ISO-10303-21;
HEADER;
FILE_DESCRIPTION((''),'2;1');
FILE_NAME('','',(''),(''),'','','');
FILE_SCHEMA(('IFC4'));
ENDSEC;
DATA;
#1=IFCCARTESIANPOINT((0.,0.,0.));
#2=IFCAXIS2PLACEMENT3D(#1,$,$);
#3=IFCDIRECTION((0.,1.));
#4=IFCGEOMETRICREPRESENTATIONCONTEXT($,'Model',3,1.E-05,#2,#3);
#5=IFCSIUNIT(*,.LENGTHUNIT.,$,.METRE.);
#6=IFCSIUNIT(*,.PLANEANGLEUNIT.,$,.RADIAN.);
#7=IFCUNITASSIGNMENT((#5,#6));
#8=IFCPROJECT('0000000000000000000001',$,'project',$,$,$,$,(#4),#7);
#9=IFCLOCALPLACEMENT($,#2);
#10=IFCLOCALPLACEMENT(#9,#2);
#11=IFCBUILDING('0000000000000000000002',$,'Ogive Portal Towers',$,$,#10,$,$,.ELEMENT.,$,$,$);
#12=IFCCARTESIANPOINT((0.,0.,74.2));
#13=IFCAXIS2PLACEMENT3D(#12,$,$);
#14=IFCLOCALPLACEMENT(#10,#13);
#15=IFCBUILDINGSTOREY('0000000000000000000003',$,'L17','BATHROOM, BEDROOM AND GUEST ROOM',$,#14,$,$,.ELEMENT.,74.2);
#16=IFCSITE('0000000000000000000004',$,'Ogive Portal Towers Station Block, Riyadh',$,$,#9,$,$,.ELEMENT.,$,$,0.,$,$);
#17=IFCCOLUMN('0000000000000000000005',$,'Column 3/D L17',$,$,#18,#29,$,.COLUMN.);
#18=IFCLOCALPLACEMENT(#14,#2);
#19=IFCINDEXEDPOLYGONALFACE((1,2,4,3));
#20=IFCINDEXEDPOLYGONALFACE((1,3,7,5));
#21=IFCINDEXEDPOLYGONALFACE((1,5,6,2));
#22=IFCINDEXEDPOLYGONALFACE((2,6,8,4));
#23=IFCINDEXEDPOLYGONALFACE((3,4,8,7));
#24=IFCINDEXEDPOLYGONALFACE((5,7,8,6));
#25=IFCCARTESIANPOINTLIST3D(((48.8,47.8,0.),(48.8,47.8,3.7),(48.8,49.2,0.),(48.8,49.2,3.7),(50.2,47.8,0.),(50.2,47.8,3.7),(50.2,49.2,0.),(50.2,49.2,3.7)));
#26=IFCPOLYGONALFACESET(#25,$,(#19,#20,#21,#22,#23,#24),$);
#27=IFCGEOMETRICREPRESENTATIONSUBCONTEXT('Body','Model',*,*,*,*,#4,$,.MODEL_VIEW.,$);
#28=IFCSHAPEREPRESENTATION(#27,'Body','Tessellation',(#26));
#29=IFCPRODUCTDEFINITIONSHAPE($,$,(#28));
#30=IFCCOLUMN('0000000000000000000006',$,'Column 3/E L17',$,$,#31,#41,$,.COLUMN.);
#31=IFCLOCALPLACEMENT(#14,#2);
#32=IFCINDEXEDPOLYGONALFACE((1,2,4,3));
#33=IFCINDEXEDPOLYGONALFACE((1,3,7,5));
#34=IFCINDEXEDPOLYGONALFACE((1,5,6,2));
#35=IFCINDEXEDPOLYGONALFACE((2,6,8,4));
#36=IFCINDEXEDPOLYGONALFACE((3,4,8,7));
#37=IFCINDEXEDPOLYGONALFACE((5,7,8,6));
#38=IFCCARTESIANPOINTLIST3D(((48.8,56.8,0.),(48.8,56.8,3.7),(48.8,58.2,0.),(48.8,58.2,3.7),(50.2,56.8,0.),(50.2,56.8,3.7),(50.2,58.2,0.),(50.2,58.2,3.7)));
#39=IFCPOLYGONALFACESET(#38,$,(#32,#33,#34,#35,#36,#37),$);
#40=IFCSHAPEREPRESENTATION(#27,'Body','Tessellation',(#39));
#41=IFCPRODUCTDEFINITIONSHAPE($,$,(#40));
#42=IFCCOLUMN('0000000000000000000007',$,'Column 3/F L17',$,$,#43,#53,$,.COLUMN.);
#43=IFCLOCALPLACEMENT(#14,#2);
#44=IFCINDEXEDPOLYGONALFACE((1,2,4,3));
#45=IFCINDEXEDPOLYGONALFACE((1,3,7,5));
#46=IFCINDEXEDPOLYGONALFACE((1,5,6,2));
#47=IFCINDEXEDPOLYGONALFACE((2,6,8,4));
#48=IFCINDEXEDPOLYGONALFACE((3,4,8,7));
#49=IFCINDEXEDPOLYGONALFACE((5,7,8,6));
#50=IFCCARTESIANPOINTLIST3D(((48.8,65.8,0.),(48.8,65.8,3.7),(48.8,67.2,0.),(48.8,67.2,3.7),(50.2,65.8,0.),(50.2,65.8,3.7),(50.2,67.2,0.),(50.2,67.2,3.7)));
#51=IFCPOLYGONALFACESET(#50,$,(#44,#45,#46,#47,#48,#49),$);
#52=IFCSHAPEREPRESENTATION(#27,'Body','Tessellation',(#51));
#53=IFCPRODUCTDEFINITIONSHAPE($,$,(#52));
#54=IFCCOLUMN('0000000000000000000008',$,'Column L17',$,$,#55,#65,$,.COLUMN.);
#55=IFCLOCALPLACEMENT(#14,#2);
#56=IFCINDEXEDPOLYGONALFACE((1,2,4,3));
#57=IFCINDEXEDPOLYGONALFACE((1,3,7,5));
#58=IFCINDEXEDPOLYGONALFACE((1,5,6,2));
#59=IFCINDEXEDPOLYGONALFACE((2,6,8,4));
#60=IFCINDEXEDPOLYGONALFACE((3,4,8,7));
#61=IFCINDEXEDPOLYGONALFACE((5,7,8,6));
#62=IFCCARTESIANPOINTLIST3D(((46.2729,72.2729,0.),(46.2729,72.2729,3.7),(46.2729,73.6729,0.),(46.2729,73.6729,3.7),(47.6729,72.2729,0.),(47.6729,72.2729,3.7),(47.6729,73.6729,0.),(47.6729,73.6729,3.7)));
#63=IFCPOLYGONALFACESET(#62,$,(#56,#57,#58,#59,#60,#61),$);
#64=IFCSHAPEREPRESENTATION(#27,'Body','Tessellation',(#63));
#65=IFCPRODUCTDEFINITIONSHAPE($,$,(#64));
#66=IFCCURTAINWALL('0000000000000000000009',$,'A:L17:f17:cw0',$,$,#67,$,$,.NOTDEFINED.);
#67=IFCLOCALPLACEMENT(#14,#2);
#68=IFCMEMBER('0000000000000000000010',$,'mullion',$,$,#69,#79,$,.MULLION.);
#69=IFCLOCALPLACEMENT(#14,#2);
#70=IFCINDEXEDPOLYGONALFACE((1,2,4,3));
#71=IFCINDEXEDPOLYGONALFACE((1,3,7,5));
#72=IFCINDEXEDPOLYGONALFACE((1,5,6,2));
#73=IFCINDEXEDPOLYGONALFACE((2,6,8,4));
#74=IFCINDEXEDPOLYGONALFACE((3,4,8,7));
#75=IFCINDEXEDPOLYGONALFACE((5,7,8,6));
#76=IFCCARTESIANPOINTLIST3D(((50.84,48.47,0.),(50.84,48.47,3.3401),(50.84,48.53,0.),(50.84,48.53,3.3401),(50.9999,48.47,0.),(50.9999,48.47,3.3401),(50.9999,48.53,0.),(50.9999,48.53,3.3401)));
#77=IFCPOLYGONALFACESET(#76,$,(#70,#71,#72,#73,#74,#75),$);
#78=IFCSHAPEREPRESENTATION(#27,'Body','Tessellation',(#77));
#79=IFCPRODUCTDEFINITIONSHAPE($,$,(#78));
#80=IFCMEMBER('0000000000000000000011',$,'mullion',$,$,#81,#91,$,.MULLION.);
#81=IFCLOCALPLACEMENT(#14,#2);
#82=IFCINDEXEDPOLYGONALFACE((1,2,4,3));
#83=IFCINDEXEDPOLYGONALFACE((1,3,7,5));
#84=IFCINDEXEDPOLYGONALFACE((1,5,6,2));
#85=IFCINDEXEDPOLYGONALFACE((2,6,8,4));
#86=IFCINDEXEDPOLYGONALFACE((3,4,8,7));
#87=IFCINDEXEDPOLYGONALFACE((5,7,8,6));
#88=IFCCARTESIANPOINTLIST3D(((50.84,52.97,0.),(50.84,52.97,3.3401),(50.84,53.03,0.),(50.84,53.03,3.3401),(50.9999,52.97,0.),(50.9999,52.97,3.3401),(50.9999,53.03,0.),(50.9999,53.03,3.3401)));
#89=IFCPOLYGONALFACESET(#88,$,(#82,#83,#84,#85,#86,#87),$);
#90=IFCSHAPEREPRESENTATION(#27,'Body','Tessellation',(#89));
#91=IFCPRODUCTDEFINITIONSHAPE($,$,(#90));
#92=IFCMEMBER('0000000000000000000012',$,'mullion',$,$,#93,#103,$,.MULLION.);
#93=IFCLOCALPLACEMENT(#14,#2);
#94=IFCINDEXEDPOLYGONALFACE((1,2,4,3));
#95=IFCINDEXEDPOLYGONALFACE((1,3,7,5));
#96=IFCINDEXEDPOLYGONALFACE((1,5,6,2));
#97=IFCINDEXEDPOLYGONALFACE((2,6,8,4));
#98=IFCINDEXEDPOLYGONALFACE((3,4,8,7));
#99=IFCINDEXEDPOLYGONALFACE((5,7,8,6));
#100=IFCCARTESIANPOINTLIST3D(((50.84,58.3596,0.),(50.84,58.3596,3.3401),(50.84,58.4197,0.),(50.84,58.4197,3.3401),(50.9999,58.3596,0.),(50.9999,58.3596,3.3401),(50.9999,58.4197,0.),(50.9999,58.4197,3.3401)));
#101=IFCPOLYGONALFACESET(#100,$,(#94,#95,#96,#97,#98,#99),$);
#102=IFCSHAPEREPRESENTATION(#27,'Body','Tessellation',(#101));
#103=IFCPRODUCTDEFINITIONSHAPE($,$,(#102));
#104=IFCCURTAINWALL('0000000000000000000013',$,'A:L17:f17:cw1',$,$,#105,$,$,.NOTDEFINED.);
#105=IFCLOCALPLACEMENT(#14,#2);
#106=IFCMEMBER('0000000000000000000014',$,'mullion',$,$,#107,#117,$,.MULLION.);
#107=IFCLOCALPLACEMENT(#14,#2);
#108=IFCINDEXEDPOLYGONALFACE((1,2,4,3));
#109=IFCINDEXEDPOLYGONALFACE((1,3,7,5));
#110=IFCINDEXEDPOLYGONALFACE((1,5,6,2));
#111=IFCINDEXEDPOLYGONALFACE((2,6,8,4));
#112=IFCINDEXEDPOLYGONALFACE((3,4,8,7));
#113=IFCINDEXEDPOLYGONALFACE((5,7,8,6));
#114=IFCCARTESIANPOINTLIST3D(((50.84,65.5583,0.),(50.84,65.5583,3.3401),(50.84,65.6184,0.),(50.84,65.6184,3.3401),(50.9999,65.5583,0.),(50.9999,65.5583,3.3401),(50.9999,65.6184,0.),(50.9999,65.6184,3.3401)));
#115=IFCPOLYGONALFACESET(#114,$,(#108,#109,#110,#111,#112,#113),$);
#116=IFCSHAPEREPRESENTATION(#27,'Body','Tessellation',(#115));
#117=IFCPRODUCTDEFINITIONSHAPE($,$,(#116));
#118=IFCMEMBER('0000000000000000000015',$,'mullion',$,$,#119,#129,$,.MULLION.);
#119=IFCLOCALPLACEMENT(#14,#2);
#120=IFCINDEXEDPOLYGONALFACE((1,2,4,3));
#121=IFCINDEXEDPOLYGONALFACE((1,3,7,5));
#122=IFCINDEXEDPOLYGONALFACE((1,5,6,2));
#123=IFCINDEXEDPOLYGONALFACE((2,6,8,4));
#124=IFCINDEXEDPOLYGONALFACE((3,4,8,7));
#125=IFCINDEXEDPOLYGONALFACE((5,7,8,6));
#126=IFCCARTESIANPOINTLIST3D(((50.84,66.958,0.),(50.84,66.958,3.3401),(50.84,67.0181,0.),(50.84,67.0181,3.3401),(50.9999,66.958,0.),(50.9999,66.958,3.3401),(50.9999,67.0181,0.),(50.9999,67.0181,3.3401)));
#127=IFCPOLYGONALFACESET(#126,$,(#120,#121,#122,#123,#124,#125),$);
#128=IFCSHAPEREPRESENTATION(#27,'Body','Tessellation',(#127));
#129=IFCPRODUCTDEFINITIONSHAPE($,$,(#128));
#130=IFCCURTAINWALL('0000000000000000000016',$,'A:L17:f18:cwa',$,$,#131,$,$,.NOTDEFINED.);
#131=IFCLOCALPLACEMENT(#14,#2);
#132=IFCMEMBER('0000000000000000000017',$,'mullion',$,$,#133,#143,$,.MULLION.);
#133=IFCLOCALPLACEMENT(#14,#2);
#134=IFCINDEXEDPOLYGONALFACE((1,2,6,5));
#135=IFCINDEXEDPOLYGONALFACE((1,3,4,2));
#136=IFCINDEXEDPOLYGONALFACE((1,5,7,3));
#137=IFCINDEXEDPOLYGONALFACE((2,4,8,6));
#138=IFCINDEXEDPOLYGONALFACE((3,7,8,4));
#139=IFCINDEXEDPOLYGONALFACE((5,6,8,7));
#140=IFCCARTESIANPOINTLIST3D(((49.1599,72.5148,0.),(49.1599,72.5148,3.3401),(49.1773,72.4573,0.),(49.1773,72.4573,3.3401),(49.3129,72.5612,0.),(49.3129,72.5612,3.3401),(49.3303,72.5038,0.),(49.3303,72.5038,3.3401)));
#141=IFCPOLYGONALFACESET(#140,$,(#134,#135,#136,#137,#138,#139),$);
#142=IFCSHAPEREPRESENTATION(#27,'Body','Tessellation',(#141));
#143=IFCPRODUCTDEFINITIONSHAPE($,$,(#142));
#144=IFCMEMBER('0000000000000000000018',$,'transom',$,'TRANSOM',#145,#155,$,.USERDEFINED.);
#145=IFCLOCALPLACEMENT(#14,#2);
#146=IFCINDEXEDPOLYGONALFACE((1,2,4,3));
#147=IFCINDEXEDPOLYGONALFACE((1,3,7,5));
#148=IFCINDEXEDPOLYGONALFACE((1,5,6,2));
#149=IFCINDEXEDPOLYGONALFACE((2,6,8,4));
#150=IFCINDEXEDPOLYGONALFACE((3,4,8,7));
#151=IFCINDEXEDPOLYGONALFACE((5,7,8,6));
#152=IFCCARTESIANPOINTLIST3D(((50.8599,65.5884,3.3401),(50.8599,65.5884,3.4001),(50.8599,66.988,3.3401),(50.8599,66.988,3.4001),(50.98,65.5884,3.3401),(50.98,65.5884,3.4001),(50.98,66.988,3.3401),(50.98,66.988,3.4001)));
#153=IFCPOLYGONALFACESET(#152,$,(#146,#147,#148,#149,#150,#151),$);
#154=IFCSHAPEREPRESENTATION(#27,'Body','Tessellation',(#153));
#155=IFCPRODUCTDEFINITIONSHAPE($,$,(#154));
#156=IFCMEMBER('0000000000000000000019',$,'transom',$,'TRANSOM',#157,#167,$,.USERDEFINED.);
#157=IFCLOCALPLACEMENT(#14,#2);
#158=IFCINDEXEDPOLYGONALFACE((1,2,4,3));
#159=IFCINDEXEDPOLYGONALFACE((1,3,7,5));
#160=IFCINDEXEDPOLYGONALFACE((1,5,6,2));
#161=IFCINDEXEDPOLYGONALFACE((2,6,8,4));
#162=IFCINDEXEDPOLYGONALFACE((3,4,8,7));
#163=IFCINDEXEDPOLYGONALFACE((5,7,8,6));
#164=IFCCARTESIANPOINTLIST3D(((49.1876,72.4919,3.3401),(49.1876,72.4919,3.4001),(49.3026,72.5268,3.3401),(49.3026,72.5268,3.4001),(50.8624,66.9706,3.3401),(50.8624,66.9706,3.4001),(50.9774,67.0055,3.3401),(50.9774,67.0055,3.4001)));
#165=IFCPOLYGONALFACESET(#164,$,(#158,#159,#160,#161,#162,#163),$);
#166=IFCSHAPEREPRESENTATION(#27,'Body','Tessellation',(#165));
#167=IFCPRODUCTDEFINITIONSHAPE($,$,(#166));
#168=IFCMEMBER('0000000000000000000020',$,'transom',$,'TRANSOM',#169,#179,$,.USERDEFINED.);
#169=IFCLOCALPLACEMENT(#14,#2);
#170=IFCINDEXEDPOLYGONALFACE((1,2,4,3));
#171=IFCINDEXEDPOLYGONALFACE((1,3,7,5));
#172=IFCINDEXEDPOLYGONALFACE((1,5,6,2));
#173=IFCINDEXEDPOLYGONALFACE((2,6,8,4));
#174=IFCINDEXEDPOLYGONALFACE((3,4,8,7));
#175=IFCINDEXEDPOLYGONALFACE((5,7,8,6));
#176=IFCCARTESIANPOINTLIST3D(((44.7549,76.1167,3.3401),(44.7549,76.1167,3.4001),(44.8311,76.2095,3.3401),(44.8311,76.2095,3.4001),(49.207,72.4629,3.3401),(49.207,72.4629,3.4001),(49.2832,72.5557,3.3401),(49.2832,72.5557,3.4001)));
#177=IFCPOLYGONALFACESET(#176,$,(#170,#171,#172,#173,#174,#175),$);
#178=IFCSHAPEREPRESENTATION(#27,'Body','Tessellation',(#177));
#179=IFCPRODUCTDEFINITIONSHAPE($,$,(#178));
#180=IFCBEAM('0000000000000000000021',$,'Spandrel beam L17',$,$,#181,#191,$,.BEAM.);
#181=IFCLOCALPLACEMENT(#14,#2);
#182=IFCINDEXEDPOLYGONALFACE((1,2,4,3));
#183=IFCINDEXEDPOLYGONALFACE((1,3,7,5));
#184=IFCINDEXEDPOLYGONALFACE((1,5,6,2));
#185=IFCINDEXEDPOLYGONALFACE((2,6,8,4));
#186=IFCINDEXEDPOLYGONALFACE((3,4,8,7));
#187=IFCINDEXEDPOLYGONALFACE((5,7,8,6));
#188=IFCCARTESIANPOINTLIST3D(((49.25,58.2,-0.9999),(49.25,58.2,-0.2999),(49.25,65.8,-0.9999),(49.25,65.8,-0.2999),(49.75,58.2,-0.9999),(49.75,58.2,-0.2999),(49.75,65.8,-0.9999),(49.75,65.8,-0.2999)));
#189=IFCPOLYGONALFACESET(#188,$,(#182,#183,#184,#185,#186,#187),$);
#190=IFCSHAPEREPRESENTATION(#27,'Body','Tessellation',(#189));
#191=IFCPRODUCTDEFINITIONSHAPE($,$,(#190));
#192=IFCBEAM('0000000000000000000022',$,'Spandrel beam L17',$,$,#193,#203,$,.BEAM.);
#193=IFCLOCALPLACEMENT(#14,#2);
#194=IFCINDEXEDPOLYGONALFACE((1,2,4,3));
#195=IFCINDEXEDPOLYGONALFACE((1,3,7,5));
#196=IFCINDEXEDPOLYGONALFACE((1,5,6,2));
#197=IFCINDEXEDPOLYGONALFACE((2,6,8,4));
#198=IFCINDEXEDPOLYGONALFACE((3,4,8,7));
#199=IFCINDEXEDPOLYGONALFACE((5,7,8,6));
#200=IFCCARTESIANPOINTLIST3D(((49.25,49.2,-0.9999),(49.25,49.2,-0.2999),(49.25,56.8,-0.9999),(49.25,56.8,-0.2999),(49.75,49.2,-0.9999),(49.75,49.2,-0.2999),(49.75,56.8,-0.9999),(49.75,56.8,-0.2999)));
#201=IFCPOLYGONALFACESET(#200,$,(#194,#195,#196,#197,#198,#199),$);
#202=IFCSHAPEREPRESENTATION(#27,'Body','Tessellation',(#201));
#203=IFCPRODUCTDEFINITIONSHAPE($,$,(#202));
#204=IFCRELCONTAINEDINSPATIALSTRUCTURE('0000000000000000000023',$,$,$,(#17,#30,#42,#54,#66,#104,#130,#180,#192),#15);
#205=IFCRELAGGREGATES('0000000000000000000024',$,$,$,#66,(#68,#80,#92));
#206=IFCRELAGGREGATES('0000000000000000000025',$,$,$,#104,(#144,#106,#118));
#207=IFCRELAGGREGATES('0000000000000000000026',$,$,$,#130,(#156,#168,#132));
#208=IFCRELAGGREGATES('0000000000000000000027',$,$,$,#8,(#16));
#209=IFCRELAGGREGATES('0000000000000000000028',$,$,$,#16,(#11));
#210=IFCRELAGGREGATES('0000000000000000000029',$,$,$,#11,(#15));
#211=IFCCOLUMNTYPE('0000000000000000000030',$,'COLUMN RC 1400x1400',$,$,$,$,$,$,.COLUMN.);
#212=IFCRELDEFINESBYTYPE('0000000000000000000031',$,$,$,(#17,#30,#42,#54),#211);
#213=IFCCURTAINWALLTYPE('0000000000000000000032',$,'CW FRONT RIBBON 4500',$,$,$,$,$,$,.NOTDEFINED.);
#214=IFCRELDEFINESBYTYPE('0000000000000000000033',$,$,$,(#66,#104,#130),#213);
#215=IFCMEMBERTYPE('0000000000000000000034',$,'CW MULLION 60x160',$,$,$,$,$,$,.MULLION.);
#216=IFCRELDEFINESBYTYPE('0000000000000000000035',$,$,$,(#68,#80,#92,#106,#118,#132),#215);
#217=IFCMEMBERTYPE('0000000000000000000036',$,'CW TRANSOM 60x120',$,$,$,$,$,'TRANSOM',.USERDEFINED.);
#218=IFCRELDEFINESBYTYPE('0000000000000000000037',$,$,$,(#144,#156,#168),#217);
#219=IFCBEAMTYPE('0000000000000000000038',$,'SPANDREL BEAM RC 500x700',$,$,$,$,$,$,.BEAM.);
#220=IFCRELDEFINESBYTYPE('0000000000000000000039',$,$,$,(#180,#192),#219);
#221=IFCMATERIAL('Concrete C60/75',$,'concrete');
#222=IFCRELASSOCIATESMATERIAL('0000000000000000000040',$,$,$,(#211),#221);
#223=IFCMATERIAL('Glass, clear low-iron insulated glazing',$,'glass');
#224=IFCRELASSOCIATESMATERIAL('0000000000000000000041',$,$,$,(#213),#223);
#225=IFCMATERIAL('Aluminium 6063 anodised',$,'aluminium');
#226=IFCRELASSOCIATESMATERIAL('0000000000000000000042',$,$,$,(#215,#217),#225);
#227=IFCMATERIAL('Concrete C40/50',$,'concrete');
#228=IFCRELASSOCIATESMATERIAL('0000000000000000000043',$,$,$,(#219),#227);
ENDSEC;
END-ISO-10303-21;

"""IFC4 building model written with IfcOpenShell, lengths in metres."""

from ifc_helpers import new_model, si_unit, direction, frame, origin, origin_2d, place, context, subcontext, project, spatial, rectangle, extrude, material, material_profile, profile_set, type_object, element, aggregate, save


model = new_model("IFC4")

# Units and contexts
model_context = context("Model", 3, precision=1e-05, world=origin(), true_north=direction((0.0, 1.0)))
body_context = subcontext(model_context, "Body", "Model", "MODEL_VIEW")
ifc_project = project(units=[si_unit("LENGTHUNIT", "METRE"), si_unit("PLANEANGLEUNIT", "RADIAN")], contexts=[model_context])

# Site, building, storey
site_placement = place(None, origin())
site = spatial("IfcSite", under=ifc_project, at=site_placement, Name="Ogive Portal Towers Station Block, Riyadh", CompositionType="ELEMENT", RefElevation=0.0)
building_placement = place(site_placement, origin())
building = spatial("IfcBuilding", under=site, at=building_placement, Name="Ogive Portal Towers", CompositionType="ELEMENT")
storey_placement = place(building_placement, frame((0.0, 0.0, 74.2)))
storey = spatial("IfcBuildingStorey", under=building, at=storey_placement, Name="L17", Description="BATHROOM, BEDROOM AND GUEST ROOM", CompositionType="ELEMENT", Elevation=74.2)

# Columns
ifc_material_1 = material(Name="Concrete C60/75", Category="concrete")
ifc_material_profile_1 = material_profile(ifc_material_1, rectangle(XDim=1.3999, YDim=1.3999, at=origin_2d()), Name="RC 1400x1400")
ifc_profile_set_1 = profile_set([ifc_material_profile_1], Name="Concrete C60/75")
column_type = type_object("IfcColumnType", Name="COLUMN RC 1400x1400", PredefinedType="COLUMN", material=ifc_profile_set_1)
for number, where, z_axis, x_axis, name in (
    (1, (49.5, 48.5, 0.0), (0.0, 0.0, 1.0), (1.0, 0.0, 0.0), "Column 3/D L17"),
    (2, (49.5, 57.5, 0.0), (0.0, 0.0, 1.0), (1.0, 0.0, 0.0), "Column 3/E L17"),
    (3, (49.5, 66.5, 0.0), (0.0, 0.0, 1.0), (1.0, 0.0, 0.0), "Column 3/F L17"),
    (4, (46.9729, 72.9729, 0.0), (0.0, 0.0, 1.0), (1.0, 0.0, 0.0), "Column L17"),
):
    element("IfcColumn", number, at=place(storey_placement, frame(where, z_axis=z_axis, x_axis=x_axis)), inside=storey, type_object=column_type, Name=name, PredefinedType="COLUMN", context=body_context, shape_type="SweptSolid", body=[
        extrude(rectangle(XDim=1.3999, YDim=1.3999, at=origin_2d()), origin(), (0.0, 0.0, 1.0), 3.7),
    ])

# Curtain walls, members
ifc_material_2 = material(Name="Glass, clear low-iron insulated glazing", Category="glass")
curtain_wall_type = type_object("IfcCurtainWallType", Name="CW FRONT RIBBON 4500", PredefinedType="NOTDEFINED", material=ifc_material_2)
curtain_wall_1_placement = place(storey_placement, origin())
curtain_wall_1 = element("IfcCurtainWall", 5, at=curtain_wall_1_placement, inside=storey, type_object=curtain_wall_type, Name="A:L17:f17:cw0", PredefinedType="NOTDEFINED")
ifc_material_3 = material(Name="Aluminium 6063 anodised", Category="aluminium")
ifc_material_profile_2 = material_profile(ifc_material_3, rectangle(XDim=0.1599, YDim=0.0601, at=origin_2d()), Name="AL 60x160")
ifc_profile_set_2 = profile_set([ifc_material_profile_2], Name="Aluminium 6063 anodised")
member_type_1 = type_object("IfcMemberType", Name="CW MULLION 60x160", PredefinedType="MULLION", material=ifc_profile_set_2)
member_1_placement = place(storey_placement, frame((50.9199, 48.5, 0.0), z_axis=(0.0, 0.0, 1.0), x_axis=(-1.0, 0.0, 0.0)))
member_1 = element("IfcMember", 6, at=member_1_placement, type_object=member_type_1, Name="mullion", PredefinedType="MULLION", context=body_context, shape_type="SweptSolid", body=[
    extrude(rectangle(XDim=0.1599, YDim=0.0601, at=origin_2d()), origin(), (0.0, 0.0, 1.0), 3.3401),
])
member_2_placement = place(storey_placement, frame((50.9199, 53.0, 0.0), z_axis=(0.0, 0.0, 1.0), x_axis=(-1.0, 0.0, 0.0)))
member_2 = element("IfcMember", 7, at=member_2_placement, type_object=member_type_1, Name="mullion", PredefinedType="MULLION", context=body_context, shape_type="SweptSolid", body=[
    extrude(rectangle(XDim=0.1599, YDim=0.0601, at=origin_2d()), origin(), (0.0, 0.0, 1.0), 3.3401),
])
member_3_placement = place(storey_placement, frame((50.9199, 58.3896, 0.0), z_axis=(0.0, 0.0, 1.0), x_axis=(-1.0, 0.0, 0.0)))
member_3 = element("IfcMember", 8, at=member_3_placement, type_object=member_type_1, Name="mullion", PredefinedType="MULLION", context=body_context, shape_type="SweptSolid", body=[
    extrude(rectangle(XDim=0.1599, YDim=0.0601, at=origin_2d()), origin(), (0.0, 0.0, 1.0), 3.3401),
])
curtain_wall_2_placement = place(storey_placement, origin())
curtain_wall_2 = element("IfcCurtainWall", 9, at=curtain_wall_2_placement, inside=storey, type_object=curtain_wall_type, Name="A:L17:f17:cw1", PredefinedType="NOTDEFINED")
member_4_placement = place(storey_placement, frame((50.9199, 65.5884, 0.0), z_axis=(0.0, 0.0, 1.0), x_axis=(-1.0, 0.0, 0.0)))
member_4 = element("IfcMember", 10, at=member_4_placement, type_object=member_type_1, Name="mullion", PredefinedType="MULLION", context=body_context, shape_type="SweptSolid", body=[
    extrude(rectangle(XDim=0.1599, YDim=0.0601, at=origin_2d()), origin(), (0.0, 0.0, 1.0), 3.3401),
])
member_5_placement = place(storey_placement, frame((50.9199, 66.988, 0.0), z_axis=(0.0, 0.0, 1.0), x_axis=(-1.0, 0.0, 0.0)))
member_5 = element("IfcMember", 11, at=member_5_placement, type_object=member_type_1, Name="mullion", PredefinedType="MULLION", context=body_context, shape_type="SweptSolid", body=[
    extrude(rectangle(XDim=0.1599, YDim=0.0601, at=origin_2d()), origin(), (0.0, 0.0, 1.0), 3.3401),
])

# Curtain wall, member
curtain_wall_3_placement = place(storey_placement, origin())
curtain_wall_3 = element("IfcCurtainWall", 12, at=curtain_wall_3_placement, inside=storey, type_object=curtain_wall_type, Name="A:L17:f18:cwa", PredefinedType="NOTDEFINED")
member_6_placement = place(storey_placement, frame((49.2451, 72.5093, 0.0), z_axis=(0.0, 0.0, 1.0), x_axis=(-0.95694, -0.290285, 0.0)))
member_6 = element("IfcMember", 13, at=member_6_placement, type_object=member_type_1, Name="mullion", PredefinedType="MULLION", context=body_context, shape_type="SweptSolid", body=[
    extrude(rectangle(XDim=0.1599, YDim=0.0601, at=origin_2d()), origin(), (0.0, 0.0, 1.0), 3.3401),
])

# Members
ifc_material_profile_3 = material_profile(ifc_material_3, rectangle(XDim=0.1201, YDim=0.0601, at=origin_2d()), Name="AL 120x60")
ifc_profile_set_3 = profile_set([ifc_material_profile_3], Name="Aluminium 6063 anodised")
member_type_2 = type_object("IfcMemberType", Name="CW TRANSOM 60x120", ElementType="TRANSOM", PredefinedType="USERDEFINED", material=ifc_profile_set_3)
member_7_placement = place(storey_placement, frame((50.9199, 65.5884, 3.3701), z_axis=(0.0, 1.0, 0.0), x_axis=(-1.0, 0.0, 0.0)))
member_7 = element("IfcMember", 14, at=member_7_placement, type_object=member_type_2, Name="transom", ObjectType="TRANSOM", PredefinedType="USERDEFINED", context=body_context, shape_type="SweptSolid", body=[
    extrude(rectangle(XDim=0.1201, YDim=0.0601, at=origin_2d()), origin(), (0.0, 0.0, 1.0), 1.3997),
])
member_8_placement = place(storey_placement, frame((50.9199, 66.988, 3.3701), z_axis=(-0.290277, 0.956943, 0.0), x_axis=(-0.956943, -0.290277, 0.0)))
member_8 = element("IfcMember", 15, at=member_8_placement, type_object=member_type_2, Name="transom", ObjectType="TRANSOM", PredefinedType="USERDEFINED", context=body_context, shape_type="SweptSolid", body=[
    extrude(rectangle(XDim=0.1201, YDim=0.0601, at=origin_2d()), origin(), (0.0, 0.0, 1.0), 5.7698),
])
member_9_placement = place(storey_placement, frame((49.2451, 72.5093, 3.3701), z_axis=(-0.773008, 0.634396, 0.0), x_axis=(-0.634396, -0.773008, 0.0)))
member_9 = element("IfcMember", 16, at=member_9_placement, type_object=member_type_2, Name="transom", ObjectType="TRANSOM", PredefinedType="USERDEFINED", context=body_context, shape_type="SweptSolid", body=[
    extrude(rectangle(XDim=0.1201, YDim=0.0601, at=origin_2d()), origin(), (0.0, 0.0, 1.0), 5.7595),
])

# Beams
ifc_material_4 = material(Name="Concrete C40/50", Category="concrete")
ifc_material_profile_4 = material_profile(ifc_material_4, rectangle(XDim=0.5, YDim=0.7, at=origin_2d()), Name="RC 500x700")
ifc_profile_set_4 = profile_set([ifc_material_profile_4], Name="Concrete C40/50")
beam_type = type_object("IfcBeamType", Name="SPANDREL BEAM RC 500x700", PredefinedType="BEAM", material=ifc_profile_set_4)
for number, where, z_axis, x_axis, name in (
    (17, (49.5, 65.8, -0.6499), (0.0, -1.0, 0.0), (1.0, 0.0, 0.0), "Spandrel beam L17"),
    (18, (49.5, 56.8, -0.6499), (0.0, -1.0, 0.0), (1.0, 0.0, 0.0), "Spandrel beam L17"),
):
    element("IfcBeam", number, at=place(storey_placement, frame(where, z_axis=z_axis, x_axis=x_axis)), inside=storey, type_object=beam_type, Name=name, PredefinedType="BEAM", context=body_context, shape_type="SweptSolid", body=[
        extrude(rectangle(XDim=0.5, YDim=0.7, at=origin_2d()), origin(), (0.0, 0.0, 1.0), 7.6001),
    ])

aggregate(curtain_wall_1, [member_1, member_2, member_3])
aggregate(curtain_wall_2, [member_7, member_4, member_5])
aggregate(curtain_wall_3, [member_8, member_9, member_6])

save(model, "model.ifc")
